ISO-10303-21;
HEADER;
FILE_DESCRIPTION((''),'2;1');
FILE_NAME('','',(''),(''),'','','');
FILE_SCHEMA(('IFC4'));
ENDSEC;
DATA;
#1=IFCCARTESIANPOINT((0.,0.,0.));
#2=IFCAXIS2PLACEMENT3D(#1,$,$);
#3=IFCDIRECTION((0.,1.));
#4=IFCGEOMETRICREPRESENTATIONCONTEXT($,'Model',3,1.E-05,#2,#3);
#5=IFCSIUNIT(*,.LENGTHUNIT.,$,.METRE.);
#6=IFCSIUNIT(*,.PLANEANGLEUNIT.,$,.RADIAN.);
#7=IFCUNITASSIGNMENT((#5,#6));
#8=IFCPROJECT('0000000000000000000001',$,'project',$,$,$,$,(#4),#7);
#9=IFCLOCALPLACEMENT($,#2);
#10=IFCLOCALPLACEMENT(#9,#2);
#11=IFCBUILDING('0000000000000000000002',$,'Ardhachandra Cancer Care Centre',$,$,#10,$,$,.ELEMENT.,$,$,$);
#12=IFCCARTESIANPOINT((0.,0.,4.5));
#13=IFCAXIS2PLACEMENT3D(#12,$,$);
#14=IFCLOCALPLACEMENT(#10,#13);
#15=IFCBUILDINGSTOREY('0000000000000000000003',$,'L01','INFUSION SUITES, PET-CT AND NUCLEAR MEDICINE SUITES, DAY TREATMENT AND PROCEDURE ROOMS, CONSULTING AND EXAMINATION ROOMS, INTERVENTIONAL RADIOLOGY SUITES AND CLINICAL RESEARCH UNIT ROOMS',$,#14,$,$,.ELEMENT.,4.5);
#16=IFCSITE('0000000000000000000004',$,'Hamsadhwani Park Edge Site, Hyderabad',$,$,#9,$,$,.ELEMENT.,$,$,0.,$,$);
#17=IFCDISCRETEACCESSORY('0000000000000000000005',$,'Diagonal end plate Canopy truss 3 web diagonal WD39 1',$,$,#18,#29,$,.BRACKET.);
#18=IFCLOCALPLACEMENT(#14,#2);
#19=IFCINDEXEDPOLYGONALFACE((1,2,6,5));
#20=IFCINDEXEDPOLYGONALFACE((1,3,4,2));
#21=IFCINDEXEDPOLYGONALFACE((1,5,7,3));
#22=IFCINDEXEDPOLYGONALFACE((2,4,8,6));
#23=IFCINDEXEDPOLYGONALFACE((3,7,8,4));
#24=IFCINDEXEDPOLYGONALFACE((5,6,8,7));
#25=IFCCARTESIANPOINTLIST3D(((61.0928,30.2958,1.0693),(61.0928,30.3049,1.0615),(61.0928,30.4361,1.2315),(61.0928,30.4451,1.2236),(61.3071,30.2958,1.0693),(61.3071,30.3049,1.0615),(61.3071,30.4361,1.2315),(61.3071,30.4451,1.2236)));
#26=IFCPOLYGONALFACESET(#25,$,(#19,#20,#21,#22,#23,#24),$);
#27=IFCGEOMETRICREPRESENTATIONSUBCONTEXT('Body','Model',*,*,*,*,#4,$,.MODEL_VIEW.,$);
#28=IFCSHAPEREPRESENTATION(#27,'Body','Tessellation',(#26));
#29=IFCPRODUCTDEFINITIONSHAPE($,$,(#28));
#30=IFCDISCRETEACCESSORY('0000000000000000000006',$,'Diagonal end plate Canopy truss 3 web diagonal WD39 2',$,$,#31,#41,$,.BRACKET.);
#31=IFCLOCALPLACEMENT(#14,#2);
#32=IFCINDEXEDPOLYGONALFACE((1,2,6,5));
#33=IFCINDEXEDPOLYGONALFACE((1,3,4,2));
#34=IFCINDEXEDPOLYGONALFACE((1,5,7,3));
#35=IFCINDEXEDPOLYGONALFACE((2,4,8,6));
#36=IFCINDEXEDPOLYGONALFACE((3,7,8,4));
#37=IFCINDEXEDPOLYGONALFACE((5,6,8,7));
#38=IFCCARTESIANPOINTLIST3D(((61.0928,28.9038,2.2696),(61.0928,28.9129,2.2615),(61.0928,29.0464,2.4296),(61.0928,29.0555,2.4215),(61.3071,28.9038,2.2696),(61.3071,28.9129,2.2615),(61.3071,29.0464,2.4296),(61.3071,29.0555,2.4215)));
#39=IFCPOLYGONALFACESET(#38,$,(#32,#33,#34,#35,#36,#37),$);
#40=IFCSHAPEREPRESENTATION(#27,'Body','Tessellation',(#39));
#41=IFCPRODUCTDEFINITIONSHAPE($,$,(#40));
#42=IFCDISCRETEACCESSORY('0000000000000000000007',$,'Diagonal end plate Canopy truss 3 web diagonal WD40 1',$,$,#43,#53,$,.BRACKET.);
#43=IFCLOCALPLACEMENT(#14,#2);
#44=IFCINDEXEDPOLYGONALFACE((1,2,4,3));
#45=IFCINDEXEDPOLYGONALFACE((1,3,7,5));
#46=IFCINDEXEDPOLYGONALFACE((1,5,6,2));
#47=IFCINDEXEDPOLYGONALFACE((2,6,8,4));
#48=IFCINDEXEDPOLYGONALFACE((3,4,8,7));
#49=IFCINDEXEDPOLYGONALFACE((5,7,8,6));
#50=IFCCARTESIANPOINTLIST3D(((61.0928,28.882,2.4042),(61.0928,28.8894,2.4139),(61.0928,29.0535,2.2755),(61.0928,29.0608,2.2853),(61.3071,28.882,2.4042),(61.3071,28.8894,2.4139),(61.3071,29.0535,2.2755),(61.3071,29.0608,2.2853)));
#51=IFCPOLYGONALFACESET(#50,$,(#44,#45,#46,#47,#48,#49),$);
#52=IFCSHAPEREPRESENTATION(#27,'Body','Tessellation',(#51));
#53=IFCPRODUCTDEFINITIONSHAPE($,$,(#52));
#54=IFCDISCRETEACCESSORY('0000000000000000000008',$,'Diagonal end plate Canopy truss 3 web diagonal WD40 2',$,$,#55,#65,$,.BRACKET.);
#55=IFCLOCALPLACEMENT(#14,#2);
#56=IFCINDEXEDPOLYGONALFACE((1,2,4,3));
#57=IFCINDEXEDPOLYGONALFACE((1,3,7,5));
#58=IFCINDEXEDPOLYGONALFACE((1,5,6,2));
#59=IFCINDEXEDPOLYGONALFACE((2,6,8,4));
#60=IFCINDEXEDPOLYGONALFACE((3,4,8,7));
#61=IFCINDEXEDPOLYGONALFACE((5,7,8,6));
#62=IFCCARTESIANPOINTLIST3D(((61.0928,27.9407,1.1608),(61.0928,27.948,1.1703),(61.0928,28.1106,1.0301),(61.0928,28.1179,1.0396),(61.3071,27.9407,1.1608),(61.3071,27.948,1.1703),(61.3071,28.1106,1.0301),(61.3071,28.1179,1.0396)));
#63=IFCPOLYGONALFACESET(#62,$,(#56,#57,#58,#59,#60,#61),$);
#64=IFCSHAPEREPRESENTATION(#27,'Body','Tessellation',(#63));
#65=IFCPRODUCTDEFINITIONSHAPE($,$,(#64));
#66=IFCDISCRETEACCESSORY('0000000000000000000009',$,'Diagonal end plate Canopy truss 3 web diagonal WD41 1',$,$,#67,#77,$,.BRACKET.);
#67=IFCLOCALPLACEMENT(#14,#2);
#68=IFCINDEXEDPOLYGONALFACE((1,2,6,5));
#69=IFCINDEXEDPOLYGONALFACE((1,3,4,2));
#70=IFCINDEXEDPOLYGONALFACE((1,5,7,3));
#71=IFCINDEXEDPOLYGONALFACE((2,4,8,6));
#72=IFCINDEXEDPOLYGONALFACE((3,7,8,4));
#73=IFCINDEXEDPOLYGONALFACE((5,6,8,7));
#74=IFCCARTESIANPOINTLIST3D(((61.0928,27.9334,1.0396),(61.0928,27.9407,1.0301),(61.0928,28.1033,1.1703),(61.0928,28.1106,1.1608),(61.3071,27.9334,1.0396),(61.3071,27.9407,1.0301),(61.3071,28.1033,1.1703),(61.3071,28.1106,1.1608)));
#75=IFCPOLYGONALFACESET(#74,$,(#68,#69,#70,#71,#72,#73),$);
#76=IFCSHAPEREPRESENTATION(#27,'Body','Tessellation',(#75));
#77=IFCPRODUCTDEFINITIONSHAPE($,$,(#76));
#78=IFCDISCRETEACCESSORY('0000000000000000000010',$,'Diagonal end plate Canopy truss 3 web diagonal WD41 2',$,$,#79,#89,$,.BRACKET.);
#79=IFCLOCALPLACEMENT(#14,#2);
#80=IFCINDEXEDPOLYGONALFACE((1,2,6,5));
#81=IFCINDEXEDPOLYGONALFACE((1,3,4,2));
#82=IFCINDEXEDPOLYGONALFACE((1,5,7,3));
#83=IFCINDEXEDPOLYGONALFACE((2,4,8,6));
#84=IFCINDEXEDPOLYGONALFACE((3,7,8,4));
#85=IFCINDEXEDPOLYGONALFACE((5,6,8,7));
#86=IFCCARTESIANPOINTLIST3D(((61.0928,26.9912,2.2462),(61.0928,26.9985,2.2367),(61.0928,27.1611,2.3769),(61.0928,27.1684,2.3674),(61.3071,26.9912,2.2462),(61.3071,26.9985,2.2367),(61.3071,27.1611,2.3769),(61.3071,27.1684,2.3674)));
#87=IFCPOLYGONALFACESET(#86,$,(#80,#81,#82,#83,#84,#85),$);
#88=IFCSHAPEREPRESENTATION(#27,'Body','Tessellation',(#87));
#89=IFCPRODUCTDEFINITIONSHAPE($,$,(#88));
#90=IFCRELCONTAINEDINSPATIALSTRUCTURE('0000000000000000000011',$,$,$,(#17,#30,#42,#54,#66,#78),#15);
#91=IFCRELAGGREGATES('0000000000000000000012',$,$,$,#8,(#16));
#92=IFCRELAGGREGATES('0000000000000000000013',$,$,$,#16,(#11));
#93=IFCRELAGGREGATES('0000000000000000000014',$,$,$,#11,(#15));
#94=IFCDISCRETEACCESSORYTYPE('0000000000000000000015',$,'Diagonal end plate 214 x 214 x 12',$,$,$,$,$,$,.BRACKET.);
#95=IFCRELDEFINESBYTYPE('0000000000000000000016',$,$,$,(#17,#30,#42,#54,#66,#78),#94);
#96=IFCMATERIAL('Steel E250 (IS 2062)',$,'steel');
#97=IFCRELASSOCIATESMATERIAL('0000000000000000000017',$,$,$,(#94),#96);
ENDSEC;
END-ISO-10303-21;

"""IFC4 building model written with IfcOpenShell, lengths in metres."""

from ifc_helpers import new_model, si_unit, direction, frame, origin, origin_2d, place, context, subcontext, project, spatial, rectangle, extrude, material, material_profile, profile_set, type_object, element, save


model = new_model("IFC4")

# Units and contexts
model_context = context("Model", 3, precision=1e-05, world=origin(), true_north=direction((0.0, 1.0)))
body_context = subcontext(model_context, "Body", "Model", "MODEL_VIEW")
ifc_project = project(units=[si_unit("LENGTHUNIT", "METRE"), si_unit("PLANEANGLEUNIT", "RADIAN")], contexts=[model_context])

# Site, building, storey
site_placement = place(None, origin())
site = spatial("IfcSite", under=ifc_project, at=site_placement, Name="Hamsadhwani Park Edge Site, Hyderabad", CompositionType="ELEMENT", RefElevation=0.0)
building_placement = place(site_placement, origin())
building = spatial("IfcBuilding", under=site, at=building_placement, Name="Ardhachandra Cancer Care Centre", CompositionType="ELEMENT")
storey_placement = place(building_placement, frame((0.0, 0.0, 4.5)))
storey = spatial("IfcBuildingStorey", under=building, at=storey_placement, Name="L01", Description="INFUSION SUITES, PET-CT AND NUCLEAR MEDICINE SUITES, DAY TREATMENT AND PROCEDURE ROOMS, CONSULTING AND EXAMINATION ROOMS, INTERVENTIONAL RADIOLOGY SUITES AND CLINICAL RESEARCH UNIT ROOMS", CompositionType="ELEMENT", Elevation=4.5)

# Discrete accessories
ifc_material_1 = material(Name="Steel E250 (IS 2062)", Category="steel")
ifc_material_profile_1 = material_profile(ifc_material_1, rectangle(XDim=0.2144, YDim=0.2144, at=origin_2d()), Name="PL 214x214x12")
ifc_profile_set_1 = profile_set([ifc_material_profile_1], Name="Steel E250 (IS 2062)")
discrete_accessory_type = type_object("IfcDiscreteAccessoryType", Name="Diagonal end plate 214 x 214 x 12", PredefinedType="BRACKET", material=ifc_profile_set_1)
for number, where, z_axis, x_axis, name in (
    (1, (61.2, 30.375, 1.1426), (0.0, -0.756363, 0.654152), (1.0, 0.0, 0.0), "Diagonal end plate Canopy truss 3 web diagonal WD39 1"),
):
    element("IfcDiscreteAccessory", number, at=place(storey_placement, frame(where, z_axis=z_axis, x_axis=x_axis)), inside=storey, type_object=discrete_accessory_type, Name=name, PredefinedType="BRACKET", context=body_context, shape_type="SweptSolid", body=[
        extrude(rectangle(XDim=0.2144, YDim=0.2144, at=origin_2d()), origin(), (0.0, 0.0, 1.0), 0.012),
    ])
for number, where, z_axis, x_axis, name in (
    (2, (61.2, 28.9751, 2.3496), (0.0, 0.746295, -0.665615), (-1.0, 0.0, 0.0), "Diagonal end plate Canopy truss 3 web diagonal WD39 2"),
    (3, (61.2, 28.9751, 2.3496), (0.0, -0.6, -0.8), (1.0, 0.0, 0.0), "Diagonal end plate Canopy truss 3 web diagonal WD40 1"),
):
    element("IfcDiscreteAccessory", number, at=place(storey_placement, frame(where, z_axis=z_axis, x_axis=x_axis)), inside=storey, type_object=discrete_accessory_type, Name=name, PredefinedType="BRACKET", context=body_context, shape_type="SweptSolid", body=[
        extrude(rectangle(XDim=0.2144, YDim=0.2144, at=origin_2d()), origin(), (0.0, 0.0, 1.0), 0.0122),
    ])
for number, where, z_axis, x_axis, name in (
    (4, (61.2, 28.0256, 1.0955), (0.0, 0.609711, 0.792624), (-1.0, 0.0, 0.0), "Diagonal end plate Canopy truss 3 web diagonal WD40 2"),
    (5, (61.2, 28.0256, 1.0955), (0.0, -0.609711, 0.792624), (1.0, 0.0, 0.0), "Diagonal end plate Canopy truss 3 web diagonal WD41 1"),
    (6, (61.2, 27.0762, 2.3115), (0.0, 0.609711, -0.792624), (-1.0, 0.0, 0.0), "Diagonal end plate Canopy truss 3 web diagonal WD41 2"),
):
    element("IfcDiscreteAccessory", number, at=place(storey_placement, frame(where, z_axis=z_axis, x_axis=x_axis)), inside=storey, type_object=discrete_accessory_type, Name=name, PredefinedType="BRACKET", context=body_context, shape_type="SweptSolid", body=[
        extrude(rectangle(XDim=0.2144, YDim=0.2144, at=origin_2d()), origin(), (0.0, 0.0, 1.0), 0.012),
    ])

save(model, "model.ifc")
